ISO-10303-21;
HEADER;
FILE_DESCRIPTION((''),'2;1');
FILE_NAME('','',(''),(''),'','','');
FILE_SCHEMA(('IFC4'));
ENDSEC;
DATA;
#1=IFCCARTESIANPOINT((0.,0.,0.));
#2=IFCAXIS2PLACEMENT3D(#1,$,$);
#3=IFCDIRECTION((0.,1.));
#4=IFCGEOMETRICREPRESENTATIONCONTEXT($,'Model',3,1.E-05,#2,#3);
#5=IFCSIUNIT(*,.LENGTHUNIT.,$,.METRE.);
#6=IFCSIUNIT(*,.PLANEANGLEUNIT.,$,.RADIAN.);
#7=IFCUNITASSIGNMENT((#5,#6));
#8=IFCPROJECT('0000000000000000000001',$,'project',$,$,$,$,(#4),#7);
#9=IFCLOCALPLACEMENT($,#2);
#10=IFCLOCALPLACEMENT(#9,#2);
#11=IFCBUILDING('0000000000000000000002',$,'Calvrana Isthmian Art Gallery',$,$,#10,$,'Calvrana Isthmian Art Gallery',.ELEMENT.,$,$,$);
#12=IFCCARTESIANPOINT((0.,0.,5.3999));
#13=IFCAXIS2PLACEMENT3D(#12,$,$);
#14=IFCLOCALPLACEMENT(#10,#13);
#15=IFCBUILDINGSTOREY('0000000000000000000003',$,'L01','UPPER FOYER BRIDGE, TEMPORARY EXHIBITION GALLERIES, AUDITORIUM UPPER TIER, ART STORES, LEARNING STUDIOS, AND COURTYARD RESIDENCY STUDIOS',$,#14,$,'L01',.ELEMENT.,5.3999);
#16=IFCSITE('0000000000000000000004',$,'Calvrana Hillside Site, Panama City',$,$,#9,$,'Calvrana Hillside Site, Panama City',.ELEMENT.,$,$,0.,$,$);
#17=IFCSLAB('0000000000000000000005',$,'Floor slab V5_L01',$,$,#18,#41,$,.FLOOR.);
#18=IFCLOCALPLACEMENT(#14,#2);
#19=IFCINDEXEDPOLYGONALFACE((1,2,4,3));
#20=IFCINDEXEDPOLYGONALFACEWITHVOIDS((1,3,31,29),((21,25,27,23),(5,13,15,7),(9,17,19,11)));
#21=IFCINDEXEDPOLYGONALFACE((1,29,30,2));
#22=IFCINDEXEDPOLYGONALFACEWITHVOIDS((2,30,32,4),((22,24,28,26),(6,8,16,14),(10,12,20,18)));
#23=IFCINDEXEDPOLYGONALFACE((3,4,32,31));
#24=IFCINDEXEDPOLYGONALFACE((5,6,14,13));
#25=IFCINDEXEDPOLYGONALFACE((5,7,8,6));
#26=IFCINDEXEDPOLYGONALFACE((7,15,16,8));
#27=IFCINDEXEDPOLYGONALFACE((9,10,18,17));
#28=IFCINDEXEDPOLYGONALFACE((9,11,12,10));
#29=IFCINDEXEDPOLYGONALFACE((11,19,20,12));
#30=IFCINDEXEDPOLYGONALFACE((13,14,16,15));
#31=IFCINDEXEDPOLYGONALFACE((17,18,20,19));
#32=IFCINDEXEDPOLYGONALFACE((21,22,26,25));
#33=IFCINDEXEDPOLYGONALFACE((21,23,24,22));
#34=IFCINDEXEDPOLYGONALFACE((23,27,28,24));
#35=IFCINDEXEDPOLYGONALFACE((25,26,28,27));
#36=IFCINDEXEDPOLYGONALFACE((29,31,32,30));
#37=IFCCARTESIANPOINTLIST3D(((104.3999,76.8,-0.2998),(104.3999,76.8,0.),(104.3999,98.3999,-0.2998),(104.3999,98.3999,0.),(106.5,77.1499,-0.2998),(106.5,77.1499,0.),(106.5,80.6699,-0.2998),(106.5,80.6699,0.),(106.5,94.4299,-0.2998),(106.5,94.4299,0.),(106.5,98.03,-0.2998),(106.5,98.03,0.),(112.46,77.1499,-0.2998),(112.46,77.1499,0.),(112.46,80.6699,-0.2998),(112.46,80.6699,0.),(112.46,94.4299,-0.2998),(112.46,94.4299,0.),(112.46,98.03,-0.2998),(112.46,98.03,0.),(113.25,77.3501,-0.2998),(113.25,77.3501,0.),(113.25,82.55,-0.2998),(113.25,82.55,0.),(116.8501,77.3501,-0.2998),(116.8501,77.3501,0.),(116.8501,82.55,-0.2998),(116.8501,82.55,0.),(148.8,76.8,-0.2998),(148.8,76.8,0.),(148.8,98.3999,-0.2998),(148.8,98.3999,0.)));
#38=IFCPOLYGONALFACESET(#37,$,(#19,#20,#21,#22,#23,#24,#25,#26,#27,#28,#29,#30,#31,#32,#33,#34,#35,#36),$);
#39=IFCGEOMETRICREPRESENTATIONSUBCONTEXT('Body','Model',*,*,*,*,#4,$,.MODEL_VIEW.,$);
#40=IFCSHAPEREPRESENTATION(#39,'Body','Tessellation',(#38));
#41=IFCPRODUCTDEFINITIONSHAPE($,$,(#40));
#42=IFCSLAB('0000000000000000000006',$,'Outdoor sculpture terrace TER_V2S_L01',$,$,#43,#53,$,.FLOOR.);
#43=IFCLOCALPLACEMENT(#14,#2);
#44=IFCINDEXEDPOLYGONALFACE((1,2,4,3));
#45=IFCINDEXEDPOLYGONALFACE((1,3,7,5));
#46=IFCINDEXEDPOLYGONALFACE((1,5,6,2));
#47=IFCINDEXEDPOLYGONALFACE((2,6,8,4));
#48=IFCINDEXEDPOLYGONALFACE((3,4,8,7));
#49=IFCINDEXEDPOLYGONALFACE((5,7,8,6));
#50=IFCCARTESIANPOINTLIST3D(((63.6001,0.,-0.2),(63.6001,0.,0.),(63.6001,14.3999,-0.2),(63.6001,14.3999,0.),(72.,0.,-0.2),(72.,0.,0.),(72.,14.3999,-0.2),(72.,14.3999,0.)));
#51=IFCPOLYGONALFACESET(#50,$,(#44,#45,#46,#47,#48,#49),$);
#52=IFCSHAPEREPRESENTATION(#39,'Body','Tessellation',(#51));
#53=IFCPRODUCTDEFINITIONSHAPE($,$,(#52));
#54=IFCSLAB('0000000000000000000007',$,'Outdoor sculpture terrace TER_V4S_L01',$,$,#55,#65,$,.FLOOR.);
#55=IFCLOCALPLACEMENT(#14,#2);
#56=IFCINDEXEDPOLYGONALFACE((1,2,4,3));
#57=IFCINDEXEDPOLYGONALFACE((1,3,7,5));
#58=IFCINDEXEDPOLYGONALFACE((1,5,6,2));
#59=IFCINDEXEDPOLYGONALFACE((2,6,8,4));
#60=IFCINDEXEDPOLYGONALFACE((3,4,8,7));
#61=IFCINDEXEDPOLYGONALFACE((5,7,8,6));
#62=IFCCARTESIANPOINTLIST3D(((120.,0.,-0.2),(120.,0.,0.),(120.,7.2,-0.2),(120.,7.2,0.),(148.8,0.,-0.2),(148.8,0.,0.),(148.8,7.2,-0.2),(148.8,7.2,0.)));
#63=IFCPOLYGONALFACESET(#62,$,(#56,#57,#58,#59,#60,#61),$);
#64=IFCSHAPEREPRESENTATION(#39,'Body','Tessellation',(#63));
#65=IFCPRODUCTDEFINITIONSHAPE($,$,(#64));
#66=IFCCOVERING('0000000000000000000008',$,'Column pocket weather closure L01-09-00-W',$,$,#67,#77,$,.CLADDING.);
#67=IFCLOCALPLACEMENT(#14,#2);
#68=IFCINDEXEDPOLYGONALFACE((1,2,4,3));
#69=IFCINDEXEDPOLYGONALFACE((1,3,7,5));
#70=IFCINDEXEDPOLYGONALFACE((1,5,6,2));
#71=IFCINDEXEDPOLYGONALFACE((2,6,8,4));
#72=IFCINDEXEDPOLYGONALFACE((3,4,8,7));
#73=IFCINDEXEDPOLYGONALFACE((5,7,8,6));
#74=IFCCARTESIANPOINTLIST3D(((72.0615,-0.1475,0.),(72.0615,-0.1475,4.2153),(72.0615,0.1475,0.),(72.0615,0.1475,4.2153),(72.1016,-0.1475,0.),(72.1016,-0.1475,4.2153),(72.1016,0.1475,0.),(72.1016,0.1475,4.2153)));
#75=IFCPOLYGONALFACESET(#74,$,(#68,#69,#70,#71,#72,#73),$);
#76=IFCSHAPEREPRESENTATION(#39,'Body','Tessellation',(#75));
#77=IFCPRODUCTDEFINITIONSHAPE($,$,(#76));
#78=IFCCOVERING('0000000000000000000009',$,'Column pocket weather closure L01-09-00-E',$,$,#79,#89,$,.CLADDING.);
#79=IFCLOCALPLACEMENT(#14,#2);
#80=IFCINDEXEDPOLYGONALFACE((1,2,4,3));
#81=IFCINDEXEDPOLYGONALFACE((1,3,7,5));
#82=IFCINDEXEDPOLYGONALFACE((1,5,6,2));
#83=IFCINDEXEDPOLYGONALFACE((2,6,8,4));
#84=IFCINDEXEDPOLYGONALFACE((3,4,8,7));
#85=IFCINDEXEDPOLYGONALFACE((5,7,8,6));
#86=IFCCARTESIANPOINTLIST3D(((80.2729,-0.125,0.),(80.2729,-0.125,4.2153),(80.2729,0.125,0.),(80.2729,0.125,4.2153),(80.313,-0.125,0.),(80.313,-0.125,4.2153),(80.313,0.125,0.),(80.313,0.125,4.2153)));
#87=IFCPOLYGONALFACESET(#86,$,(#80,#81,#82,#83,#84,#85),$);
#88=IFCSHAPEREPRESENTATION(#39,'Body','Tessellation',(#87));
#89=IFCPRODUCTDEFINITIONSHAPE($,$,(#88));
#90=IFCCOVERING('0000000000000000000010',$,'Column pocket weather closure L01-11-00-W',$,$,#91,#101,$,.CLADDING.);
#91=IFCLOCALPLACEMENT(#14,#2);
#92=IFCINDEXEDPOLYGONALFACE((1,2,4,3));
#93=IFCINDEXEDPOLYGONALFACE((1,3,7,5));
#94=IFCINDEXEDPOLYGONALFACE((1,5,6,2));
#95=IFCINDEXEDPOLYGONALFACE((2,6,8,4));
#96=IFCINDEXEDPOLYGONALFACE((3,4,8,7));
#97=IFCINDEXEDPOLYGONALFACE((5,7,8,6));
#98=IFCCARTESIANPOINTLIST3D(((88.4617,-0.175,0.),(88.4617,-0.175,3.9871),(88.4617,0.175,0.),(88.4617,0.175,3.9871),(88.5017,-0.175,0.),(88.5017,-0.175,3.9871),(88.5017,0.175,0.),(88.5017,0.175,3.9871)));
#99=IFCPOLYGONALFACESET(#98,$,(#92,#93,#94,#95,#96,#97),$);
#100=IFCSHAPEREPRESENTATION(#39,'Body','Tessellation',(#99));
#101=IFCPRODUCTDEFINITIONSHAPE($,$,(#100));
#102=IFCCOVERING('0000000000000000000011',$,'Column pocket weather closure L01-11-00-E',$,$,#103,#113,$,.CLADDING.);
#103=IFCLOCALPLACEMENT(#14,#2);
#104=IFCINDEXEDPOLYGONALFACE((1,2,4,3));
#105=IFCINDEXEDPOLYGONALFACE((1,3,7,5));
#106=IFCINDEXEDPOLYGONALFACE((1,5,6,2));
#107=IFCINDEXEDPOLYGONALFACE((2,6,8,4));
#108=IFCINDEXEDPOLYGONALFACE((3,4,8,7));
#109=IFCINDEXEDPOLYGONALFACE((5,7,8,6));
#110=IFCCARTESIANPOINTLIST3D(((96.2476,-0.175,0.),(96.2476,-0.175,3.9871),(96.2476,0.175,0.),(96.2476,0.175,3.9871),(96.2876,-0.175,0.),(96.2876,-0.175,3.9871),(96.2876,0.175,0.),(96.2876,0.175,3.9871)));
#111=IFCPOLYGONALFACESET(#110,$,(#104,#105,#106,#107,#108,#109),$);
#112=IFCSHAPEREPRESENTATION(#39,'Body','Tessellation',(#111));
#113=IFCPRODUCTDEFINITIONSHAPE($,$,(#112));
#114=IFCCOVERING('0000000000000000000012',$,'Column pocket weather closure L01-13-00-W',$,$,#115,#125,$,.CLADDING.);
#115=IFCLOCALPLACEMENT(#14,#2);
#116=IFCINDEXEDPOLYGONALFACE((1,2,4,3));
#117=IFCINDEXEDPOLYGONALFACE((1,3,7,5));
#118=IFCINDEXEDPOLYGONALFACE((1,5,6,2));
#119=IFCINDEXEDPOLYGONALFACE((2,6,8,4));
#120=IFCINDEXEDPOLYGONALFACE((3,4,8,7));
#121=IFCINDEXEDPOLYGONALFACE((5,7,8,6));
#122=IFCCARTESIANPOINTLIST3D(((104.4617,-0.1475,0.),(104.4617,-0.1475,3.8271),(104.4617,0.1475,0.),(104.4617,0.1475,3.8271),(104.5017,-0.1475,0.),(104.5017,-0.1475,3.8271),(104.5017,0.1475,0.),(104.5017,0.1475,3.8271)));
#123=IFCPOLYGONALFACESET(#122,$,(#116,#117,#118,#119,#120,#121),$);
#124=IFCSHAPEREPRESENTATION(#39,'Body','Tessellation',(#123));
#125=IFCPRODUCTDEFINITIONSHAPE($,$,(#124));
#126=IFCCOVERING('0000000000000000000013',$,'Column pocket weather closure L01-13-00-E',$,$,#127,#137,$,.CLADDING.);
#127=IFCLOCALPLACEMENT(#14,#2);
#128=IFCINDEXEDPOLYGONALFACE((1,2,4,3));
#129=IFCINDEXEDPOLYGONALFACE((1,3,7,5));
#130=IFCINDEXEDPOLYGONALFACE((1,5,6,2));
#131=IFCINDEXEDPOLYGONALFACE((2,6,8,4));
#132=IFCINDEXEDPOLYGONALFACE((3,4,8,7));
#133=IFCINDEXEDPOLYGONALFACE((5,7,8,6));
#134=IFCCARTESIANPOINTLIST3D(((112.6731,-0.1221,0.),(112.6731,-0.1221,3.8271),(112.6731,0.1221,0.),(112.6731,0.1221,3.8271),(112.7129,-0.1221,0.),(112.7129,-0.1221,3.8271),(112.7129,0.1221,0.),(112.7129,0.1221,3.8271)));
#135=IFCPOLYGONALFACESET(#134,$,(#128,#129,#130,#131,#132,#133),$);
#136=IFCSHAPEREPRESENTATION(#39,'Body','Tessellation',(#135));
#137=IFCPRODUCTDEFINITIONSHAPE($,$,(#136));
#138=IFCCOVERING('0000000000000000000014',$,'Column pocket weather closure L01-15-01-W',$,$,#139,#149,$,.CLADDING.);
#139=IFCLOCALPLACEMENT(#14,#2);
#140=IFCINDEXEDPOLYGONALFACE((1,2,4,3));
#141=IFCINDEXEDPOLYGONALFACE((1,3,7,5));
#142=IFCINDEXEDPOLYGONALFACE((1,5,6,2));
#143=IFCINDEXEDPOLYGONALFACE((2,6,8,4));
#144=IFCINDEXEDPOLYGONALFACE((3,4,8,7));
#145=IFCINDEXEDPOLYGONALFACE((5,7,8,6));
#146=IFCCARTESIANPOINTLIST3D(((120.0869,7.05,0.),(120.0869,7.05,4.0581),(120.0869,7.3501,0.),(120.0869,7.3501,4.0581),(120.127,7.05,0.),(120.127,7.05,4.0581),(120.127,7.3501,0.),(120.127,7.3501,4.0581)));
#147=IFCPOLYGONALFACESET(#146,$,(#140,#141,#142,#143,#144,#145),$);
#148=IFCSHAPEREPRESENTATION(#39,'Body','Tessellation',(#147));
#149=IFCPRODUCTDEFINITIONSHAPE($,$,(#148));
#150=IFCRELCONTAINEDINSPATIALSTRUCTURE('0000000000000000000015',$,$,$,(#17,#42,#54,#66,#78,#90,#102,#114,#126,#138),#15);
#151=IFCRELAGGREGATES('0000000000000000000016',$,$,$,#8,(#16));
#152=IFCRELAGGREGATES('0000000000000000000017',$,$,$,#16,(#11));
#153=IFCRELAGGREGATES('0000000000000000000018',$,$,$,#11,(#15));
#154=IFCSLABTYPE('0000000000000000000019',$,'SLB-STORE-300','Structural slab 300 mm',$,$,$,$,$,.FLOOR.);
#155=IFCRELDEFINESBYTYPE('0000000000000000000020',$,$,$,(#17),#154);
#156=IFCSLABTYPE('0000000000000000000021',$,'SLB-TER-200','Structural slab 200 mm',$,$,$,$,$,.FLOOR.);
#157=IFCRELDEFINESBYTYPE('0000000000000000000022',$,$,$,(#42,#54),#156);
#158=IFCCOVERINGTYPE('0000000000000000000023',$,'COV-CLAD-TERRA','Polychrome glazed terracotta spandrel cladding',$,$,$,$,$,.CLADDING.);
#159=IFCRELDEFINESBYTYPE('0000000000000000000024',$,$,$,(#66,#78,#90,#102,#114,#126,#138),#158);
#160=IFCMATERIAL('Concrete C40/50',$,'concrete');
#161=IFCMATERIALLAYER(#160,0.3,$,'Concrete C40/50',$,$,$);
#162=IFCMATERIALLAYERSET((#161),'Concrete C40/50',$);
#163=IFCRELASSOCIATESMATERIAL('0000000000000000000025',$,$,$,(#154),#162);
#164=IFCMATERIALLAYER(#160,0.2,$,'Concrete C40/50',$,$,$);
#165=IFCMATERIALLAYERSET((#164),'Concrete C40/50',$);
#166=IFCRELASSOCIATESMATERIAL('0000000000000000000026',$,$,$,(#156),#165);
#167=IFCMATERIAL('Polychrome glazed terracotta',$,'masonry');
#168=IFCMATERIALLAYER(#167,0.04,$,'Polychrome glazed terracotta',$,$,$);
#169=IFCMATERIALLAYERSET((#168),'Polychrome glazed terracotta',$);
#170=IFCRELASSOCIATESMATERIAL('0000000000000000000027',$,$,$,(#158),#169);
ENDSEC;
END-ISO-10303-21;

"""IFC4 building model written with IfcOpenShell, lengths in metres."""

from ifc_helpers import new_model, si_unit, direction, frame, origin, place, context, subcontext, project, spatial, polyline, outline, extrude, material, layer, layer_set, type_object, element, save


model = new_model("IFC4")

# Units and contexts
model_context = context("Model", 3, precision=1e-05, world=origin(), true_north=direction((0.0, 1.0)))
body_context = subcontext(model_context, "Body", "Model", "MODEL_VIEW")
ifc_project = project(units=[si_unit("LENGTHUNIT", "METRE"), si_unit("PLANEANGLEUNIT", "RADIAN")], contexts=[model_context])

# Site, building, storey
site_placement = place(None, origin())
site = spatial("IfcSite", under=ifc_project, at=site_placement, Name="Calvrana Hillside Site, Panama City", LongName="Calvrana Hillside Site, Panama City", CompositionType="ELEMENT", RefElevation=0.0)
building_placement = place(site_placement, origin())
building = spatial("IfcBuilding", under=site, at=building_placement, Name="Calvrana Isthmian Art Gallery", LongName="Calvrana Isthmian Art Gallery", CompositionType="ELEMENT")
storey_placement = place(building_placement, frame((0.0, 0.0, 5.3999)))
storey = spatial("IfcBuildingStorey", under=building, at=storey_placement, Name="L01", Description="UPPER FOYER BRIDGE, TEMPORARY EXHIBITION GALLERIES, AUDITORIUM UPPER TIER, ART STORES, LEARNING STUDIOS, AND COURTYARD RESIDENCY STUDIOS", LongName="L01", CompositionType="ELEMENT", Elevation=5.3999)

# Shared definitions
ifc_material_1 = material(Name="Concrete C40/50", Category="concrete")

# Slabs
ifc_layer_1 = layer(ifc_material_1, 0.3, Name="Concrete C40/50")
ifc_layer_set_1 = layer_set([ifc_layer_1], Name="Concrete C40/50")
slab_type_1 = type_object("IfcSlabType", Name="SLB-STORE-300", Description="Structural slab 300 mm", PredefinedType="FLOOR", material=ifc_layer_set_1)
slab_1_placement = place(storey_placement, frame((0.0, 0.0, -0.2998)))
element("IfcSlab", 1, at=slab_1_placement, inside=storey, type_object=slab_type_1, Name="Floor slab V5_L01", PredefinedType="FLOOR", context=body_context, shape_type="SweptSolid", body=[
    extrude(outline(polyline([(104.3999, 76.8), (148.8, 76.8), (148.8, 98.3999), (104.3999, 98.3999), (104.3999, 76.8)]), holes=[polyline([(106.5, 77.1499), (112.46, 77.1499), (112.46, 80.6699), (106.5, 80.6699), (106.5, 77.1499)]), polyline([(113.25, 77.3501), (116.8501, 77.3501), (116.8501, 82.55), (113.25, 82.55), (113.25, 77.3501)]), polyline([(106.5, 94.4299), (112.46, 94.4299), (112.46, 98.03), (106.5, 98.03), (106.5, 94.4299)])]), origin(), (0.0, 0.0, 1.0), 0.2998),
])
ifc_layer_2 = layer(ifc_material_1, 0.2, Name="Concrete C40/50")
ifc_layer_set_2 = layer_set([ifc_layer_2], Name="Concrete C40/50")
slab_type_2 = type_object("IfcSlabType", Name="SLB-TER-200", Description="Structural slab 200 mm", PredefinedType="FLOOR", material=ifc_layer_set_2)
slab_2_placement = place(storey_placement, frame((0.0, 0.0, -0.2)))
element("IfcSlab", 2, at=slab_2_placement, inside=storey, type_object=slab_type_2, Name="Outdoor sculpture terrace TER_V2S_L01", PredefinedType="FLOOR", context=body_context, shape_type="SweptSolid", body=[
    extrude(outline(polyline([(63.6001, 0.0), (72.0, 0.0), (72.0, 14.3999), (63.6001, 14.3999), (63.6001, 0.0)])), origin(), (0.0, 0.0, 1.0), 0.2),
])
slab_3_placement = place(storey_placement, frame((0.0, 0.0, -0.2)))
element("IfcSlab", 3, at=slab_3_placement, inside=storey, type_object=slab_type_2, Name="Outdoor sculpture terrace TER_V4S_L01", PredefinedType="FLOOR", context=body_context, shape_type="SweptSolid", body=[
    extrude(outline(polyline([(120.0, 0.0), (148.8, 0.0), (148.8, 7.2), (120.0, 7.2), (120.0, 0.0)])), origin(), (0.0, 0.0, 1.0), 0.2),
])

# Coverings
ifc_material_2 = material(Name="Polychrome glazed terracotta", Category="masonry")
ifc_layer_3 = layer(ifc_material_2, 0.04, Name="Polychrome glazed terracotta")
ifc_layer_set_3 = layer_set([ifc_layer_3], Name="Polychrome glazed terracotta")
covering_type = type_object("IfcCoveringType", Name="COV-CLAD-TERRA", Description="Polychrome glazed terracotta spandrel cladding", PredefinedType="CLADDING", material=ifc_layer_set_3)
covering_1_placement = place(storey_placement, origin())
element("IfcCovering", 4, at=covering_1_placement, inside=storey, type_object=covering_type, Name="Column pocket weather closure L01-09-00-W", PredefinedType="CLADDING", context=body_context, shape_type="SweptSolid", body=[
    extrude(outline(polyline([(72.0615, -0.1475), (72.1016, -0.1475), (72.1016, 0.1475), (72.0615, 0.1475), (72.0615, -0.1475)])), origin(), (0.0, 0.0, 1.0), 4.2153),
])
covering_2_placement = place(storey_placement, origin())
element("IfcCovering", 5, at=covering_2_placement, inside=storey, type_object=covering_type, Name="Column pocket weather closure L01-09-00-E", PredefinedType="CLADDING", context=body_context, shape_type="SweptSolid", body=[
    extrude(outline(polyline([(80.2729, -0.125), (80.313, -0.125), (80.313, 0.125), (80.2729, 0.125), (80.2729, -0.125)])), origin(), (0.0, 0.0, 1.0), 4.2153),
])
covering_3_placement = place(storey_placement, origin())
element("IfcCovering", 6, at=covering_3_placement, inside=storey, type_object=covering_type, Name="Column pocket weather closure L01-11-00-W", PredefinedType="CLADDING", context=body_context, shape_type="SweptSolid", body=[
    extrude(outline(polyline([(88.4617, -0.175), (88.5017, -0.175), (88.5017, 0.175), (88.4617, 0.175), (88.4617, -0.175)])), origin(), (0.0, 0.0, 1.0), 3.9871),
])
covering_4_placement = place(storey_placement, origin())
element("IfcCovering", 7, at=covering_4_placement, inside=storey, type_object=covering_type, Name="Column pocket weather closure L01-11-00-E", PredefinedType="CLADDING", context=body_context, shape_type="SweptSolid", body=[
    extrude(outline(polyline([(96.2476, -0.175), (96.2876, -0.175), (96.2876, 0.175), (96.2476, 0.175), (96.2476, -0.175)])), origin(), (0.0, 0.0, 1.0), 3.9871),
])
covering_5_placement = place(storey_placement, origin())
element("IfcCovering", 8, at=covering_5_placement, inside=storey, type_object=covering_type, Name="Column pocket weather closure L01-13-00-W", PredefinedType="CLADDING", context=body_context, shape_type="SweptSolid", body=[
    extrude(outline(polyline([(104.4617, -0.1475), (104.5017, -0.1475), (104.5017, 0.1475), (104.4617, 0.1475), (104.4617, -0.1475)])), origin(), (0.0, 0.0, 1.0), 3.8271),
])
covering_6_placement = place(storey_placement, origin())
element("IfcCovering", 9, at=covering_6_placement, inside=storey, type_object=covering_type, Name="Column pocket weather closure L01-13-00-E", PredefinedType="CLADDING", context=body_context, shape_type="SweptSolid", body=[
    extrude(outline(polyline([(112.6731, -0.1221), (112.7129, -0.1221), (112.7129, 0.1221), (112.6731, 0.1221), (112.6731, -0.1221)])), origin(), (0.0, 0.0, 1.0), 3.8271),
])
covering_7_placement = place(storey_placement, origin())
element("IfcCovering", 10, at=covering_7_placement, inside=storey, type_object=covering_type, Name="Column pocket weather closure L01-15-01-W", PredefinedType="CLADDING", context=body_context, shape_type="SweptSolid", body=[
    extrude(outline(polyline([(120.0869, 7.05), (120.127, 7.05), (120.127, 7.3501), (120.0869, 7.3501), (120.0869, 7.05)])), origin(), (0.0, 0.0, 1.0), 4.0581),
])

save(model, "model.ifc")
